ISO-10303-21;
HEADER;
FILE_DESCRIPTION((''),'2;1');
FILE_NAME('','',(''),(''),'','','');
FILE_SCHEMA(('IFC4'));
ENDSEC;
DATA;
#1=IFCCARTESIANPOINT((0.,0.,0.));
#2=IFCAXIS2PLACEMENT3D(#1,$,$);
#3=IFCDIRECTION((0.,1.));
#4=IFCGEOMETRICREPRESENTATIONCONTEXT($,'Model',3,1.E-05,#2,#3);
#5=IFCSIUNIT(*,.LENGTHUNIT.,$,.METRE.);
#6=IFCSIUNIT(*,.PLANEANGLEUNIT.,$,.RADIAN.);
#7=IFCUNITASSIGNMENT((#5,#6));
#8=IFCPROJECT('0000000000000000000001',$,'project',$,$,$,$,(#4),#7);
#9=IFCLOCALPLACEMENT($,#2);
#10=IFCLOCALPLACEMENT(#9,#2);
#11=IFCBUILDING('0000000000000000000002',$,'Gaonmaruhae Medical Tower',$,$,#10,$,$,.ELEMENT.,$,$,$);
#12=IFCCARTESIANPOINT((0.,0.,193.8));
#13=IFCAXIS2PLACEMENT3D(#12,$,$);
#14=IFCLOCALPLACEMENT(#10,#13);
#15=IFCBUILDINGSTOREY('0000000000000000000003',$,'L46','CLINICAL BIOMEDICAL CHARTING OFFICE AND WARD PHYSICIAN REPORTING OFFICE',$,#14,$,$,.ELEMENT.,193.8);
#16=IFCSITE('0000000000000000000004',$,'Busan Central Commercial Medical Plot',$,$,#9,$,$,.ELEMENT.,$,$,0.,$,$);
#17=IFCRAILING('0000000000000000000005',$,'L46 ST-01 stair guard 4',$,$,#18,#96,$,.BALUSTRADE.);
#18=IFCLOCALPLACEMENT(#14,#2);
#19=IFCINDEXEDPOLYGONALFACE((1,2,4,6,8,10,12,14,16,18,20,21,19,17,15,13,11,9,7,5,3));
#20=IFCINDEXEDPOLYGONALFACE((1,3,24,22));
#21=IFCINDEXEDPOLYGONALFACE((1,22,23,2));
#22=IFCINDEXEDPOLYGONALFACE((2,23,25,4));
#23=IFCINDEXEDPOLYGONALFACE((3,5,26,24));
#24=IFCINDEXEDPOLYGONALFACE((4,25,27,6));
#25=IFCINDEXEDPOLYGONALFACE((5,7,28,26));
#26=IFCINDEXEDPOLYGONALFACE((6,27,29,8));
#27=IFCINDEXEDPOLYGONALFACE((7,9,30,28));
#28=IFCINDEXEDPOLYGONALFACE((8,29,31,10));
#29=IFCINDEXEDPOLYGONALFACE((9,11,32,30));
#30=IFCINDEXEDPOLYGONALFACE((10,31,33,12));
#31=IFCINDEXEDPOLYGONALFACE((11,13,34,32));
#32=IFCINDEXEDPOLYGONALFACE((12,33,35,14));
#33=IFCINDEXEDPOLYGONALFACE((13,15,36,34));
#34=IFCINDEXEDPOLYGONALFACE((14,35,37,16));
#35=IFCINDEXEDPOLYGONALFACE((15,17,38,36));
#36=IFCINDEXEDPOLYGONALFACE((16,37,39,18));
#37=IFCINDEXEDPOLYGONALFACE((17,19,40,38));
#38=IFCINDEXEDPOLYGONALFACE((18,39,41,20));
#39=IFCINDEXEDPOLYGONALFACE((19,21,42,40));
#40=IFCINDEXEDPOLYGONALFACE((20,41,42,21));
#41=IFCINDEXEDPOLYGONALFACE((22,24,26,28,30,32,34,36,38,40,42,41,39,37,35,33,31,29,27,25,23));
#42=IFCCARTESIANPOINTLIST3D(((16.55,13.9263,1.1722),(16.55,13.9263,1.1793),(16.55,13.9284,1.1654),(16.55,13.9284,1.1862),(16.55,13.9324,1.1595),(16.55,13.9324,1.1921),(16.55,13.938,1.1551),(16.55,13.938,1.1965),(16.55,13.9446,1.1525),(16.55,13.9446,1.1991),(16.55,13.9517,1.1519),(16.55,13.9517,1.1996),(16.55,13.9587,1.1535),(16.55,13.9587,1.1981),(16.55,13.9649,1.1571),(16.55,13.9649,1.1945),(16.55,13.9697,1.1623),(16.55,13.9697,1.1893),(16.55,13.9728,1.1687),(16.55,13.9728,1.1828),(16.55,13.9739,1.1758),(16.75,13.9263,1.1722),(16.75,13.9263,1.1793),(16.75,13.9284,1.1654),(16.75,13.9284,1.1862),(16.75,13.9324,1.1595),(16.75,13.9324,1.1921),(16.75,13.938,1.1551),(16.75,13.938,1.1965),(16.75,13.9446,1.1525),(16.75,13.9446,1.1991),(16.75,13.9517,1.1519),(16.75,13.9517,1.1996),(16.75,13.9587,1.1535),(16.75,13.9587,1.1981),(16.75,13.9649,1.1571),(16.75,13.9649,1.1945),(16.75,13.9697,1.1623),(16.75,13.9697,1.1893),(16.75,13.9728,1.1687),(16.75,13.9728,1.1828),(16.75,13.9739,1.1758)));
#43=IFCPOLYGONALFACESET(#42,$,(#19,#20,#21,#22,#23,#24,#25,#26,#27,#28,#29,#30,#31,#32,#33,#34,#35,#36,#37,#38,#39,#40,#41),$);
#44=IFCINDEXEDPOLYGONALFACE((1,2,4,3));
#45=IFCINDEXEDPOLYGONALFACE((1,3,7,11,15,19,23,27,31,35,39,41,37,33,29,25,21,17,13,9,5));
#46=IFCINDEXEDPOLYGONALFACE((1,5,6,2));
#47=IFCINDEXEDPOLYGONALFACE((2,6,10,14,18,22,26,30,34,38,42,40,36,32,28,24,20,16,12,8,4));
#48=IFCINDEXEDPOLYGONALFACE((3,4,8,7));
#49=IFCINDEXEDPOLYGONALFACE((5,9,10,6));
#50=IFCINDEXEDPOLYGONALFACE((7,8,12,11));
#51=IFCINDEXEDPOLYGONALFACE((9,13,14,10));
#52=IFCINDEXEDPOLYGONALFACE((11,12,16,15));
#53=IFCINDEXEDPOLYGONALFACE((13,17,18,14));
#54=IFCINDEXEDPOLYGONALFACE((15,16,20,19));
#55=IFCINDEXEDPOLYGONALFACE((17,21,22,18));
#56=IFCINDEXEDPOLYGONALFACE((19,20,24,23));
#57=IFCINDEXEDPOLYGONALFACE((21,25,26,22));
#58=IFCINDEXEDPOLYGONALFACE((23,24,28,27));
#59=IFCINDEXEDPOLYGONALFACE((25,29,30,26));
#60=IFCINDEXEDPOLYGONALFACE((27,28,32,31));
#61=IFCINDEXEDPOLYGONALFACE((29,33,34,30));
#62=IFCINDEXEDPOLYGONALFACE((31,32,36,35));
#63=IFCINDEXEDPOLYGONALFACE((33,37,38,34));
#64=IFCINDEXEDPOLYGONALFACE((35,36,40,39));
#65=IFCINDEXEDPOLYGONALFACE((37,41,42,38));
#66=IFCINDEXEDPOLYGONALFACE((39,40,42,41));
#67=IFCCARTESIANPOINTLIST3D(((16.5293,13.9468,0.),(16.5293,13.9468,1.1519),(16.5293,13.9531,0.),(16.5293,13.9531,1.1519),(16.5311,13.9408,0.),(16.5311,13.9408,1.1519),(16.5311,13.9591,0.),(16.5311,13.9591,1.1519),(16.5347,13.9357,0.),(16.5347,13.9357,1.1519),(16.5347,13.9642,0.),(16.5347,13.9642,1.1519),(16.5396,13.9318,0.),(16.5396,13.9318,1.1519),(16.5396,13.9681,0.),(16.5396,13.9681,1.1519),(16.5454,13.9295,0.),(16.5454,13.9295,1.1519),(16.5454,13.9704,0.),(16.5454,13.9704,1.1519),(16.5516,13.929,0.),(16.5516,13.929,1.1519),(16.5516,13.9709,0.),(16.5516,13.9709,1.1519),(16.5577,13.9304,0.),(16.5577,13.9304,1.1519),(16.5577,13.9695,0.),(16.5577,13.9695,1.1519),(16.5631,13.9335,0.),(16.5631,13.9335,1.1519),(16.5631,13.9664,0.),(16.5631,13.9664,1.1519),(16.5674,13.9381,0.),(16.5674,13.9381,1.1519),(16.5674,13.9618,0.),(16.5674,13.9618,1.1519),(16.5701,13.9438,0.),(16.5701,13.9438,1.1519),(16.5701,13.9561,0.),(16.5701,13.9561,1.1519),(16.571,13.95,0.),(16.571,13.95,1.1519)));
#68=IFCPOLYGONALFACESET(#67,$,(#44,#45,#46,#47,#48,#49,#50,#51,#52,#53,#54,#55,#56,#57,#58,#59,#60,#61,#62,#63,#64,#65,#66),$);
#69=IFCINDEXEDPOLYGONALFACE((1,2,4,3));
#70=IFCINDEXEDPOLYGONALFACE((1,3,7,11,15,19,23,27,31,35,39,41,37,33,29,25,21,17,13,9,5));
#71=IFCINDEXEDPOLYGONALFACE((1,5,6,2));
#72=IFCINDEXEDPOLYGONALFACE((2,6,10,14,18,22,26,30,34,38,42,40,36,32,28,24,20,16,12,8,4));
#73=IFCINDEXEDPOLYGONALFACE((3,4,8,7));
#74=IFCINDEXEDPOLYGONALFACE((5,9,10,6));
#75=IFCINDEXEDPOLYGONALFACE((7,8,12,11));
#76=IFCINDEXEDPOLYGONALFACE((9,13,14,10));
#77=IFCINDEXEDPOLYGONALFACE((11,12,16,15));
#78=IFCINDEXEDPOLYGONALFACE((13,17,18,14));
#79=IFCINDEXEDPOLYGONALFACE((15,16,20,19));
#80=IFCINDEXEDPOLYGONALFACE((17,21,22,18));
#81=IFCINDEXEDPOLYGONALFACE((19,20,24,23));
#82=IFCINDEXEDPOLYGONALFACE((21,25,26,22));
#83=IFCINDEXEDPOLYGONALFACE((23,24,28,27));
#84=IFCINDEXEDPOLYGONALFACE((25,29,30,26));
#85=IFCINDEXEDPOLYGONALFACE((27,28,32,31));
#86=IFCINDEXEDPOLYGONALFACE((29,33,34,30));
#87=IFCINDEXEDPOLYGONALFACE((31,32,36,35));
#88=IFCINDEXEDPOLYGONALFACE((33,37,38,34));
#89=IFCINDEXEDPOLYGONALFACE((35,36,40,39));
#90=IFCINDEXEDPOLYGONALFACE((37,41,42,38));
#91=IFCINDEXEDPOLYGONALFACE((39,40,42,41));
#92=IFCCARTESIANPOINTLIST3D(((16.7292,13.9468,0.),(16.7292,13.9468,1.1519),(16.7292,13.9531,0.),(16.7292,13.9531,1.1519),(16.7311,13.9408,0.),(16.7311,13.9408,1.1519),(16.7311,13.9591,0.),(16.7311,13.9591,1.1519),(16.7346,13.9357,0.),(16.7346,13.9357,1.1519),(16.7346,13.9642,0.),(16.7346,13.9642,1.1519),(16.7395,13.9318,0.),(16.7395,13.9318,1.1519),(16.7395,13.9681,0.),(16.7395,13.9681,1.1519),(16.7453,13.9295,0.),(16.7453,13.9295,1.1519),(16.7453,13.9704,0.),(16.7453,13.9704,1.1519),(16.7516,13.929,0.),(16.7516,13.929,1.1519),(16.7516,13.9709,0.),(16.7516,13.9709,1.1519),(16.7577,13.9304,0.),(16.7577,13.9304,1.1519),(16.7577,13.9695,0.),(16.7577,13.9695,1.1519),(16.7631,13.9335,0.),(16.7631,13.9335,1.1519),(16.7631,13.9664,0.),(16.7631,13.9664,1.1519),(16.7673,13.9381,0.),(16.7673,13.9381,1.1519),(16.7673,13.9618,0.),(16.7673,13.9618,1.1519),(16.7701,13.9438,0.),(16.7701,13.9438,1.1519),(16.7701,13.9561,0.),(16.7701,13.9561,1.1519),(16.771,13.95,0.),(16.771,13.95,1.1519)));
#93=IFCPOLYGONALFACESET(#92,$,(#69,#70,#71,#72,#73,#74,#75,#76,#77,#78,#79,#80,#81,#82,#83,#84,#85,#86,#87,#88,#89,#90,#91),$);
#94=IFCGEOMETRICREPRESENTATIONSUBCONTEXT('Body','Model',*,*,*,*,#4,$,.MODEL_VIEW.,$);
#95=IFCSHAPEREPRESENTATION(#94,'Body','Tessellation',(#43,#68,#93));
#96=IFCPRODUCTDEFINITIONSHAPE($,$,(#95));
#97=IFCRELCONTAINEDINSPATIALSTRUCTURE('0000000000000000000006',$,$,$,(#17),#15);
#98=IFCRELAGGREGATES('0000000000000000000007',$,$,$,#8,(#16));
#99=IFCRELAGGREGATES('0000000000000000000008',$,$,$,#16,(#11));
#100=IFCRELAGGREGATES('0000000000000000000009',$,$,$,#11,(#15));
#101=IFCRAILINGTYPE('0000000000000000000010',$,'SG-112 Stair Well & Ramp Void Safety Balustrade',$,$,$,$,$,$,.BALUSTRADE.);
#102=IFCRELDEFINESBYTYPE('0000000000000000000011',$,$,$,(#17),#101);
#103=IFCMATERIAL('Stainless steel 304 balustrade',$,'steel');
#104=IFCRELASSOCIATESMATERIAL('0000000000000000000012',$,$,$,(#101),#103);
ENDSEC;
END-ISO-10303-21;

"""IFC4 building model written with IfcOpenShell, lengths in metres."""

from ifc_helpers import new_model, si_unit, direction, frame, origin, origin_2d, place, context, subcontext, project, spatial, circle, extrude, material, type_object, element, save


model = new_model("IFC4")

# Units and contexts
model_context = context("Model", 3, precision=1e-05, world=origin(), true_north=direction((0.0, 1.0)))
body_context = subcontext(model_context, "Body", "Model", "MODEL_VIEW")
ifc_project = project(units=[si_unit("LENGTHUNIT", "METRE"), si_unit("PLANEANGLEUNIT", "RADIAN")], contexts=[model_context])

# Site, building, storey
site_placement = place(None, origin())
site = spatial("IfcSite", under=ifc_project, at=site_placement, Name="Busan Central Commercial Medical Plot", CompositionType="ELEMENT", RefElevation=0.0)
building_placement = place(site_placement, origin())
building = spatial("IfcBuilding", under=site, at=building_placement, Name="Gaonmaruhae Medical Tower", CompositionType="ELEMENT")
storey_placement = place(building_placement, frame((0.0, 0.0, 193.8)))
storey = spatial("IfcBuildingStorey", under=building, at=storey_placement, Name="L46", Description="CLINICAL BIOMEDICAL CHARTING OFFICE AND WARD PHYSICIAN REPORTING OFFICE", CompositionType="ELEMENT", Elevation=193.8)

# Railing
ifc_material_1 = material(Name="Stainless steel 304 balustrade", Category="steel")
railing_type_1 = type_object("IfcRailingType", Name="SG-112 Stair Well & Ramp Void Safety Balustrade", PredefinedType="BALUSTRADE", material=ifc_material_1)
railing_1_placement = place(storey_placement, frame((16.55, 13.95, 0.0)))
element("IfcRailing", 1, at=railing_1_placement, inside=storey, type_object=railing_type_1, Name="L46 ST-01 stair guard 4", PredefinedType="BALUSTRADE", context=body_context, shape_type="SweptSolid", body=[
    extrude(circle(Radius=0.0239, at=origin_2d()), frame((0.0, 0.0, 1.1758), z_axis=(1.0, 0.0, 0.0), x_axis=(0.0, 1.0, 0.0)), (0.0, 0.0, 1.0), 0.2),
    extrude(circle(Radius=0.021, at=origin_2d()), origin(), (0.0, 0.0, 1.0), 1.1519),
    extrude(circle(Radius=0.021, at=origin_2d()), frame((0.2, 0.0, 0.0)), (0.0, 0.0, 1.0), 1.1519),
])

save(model, "model.ifc")
